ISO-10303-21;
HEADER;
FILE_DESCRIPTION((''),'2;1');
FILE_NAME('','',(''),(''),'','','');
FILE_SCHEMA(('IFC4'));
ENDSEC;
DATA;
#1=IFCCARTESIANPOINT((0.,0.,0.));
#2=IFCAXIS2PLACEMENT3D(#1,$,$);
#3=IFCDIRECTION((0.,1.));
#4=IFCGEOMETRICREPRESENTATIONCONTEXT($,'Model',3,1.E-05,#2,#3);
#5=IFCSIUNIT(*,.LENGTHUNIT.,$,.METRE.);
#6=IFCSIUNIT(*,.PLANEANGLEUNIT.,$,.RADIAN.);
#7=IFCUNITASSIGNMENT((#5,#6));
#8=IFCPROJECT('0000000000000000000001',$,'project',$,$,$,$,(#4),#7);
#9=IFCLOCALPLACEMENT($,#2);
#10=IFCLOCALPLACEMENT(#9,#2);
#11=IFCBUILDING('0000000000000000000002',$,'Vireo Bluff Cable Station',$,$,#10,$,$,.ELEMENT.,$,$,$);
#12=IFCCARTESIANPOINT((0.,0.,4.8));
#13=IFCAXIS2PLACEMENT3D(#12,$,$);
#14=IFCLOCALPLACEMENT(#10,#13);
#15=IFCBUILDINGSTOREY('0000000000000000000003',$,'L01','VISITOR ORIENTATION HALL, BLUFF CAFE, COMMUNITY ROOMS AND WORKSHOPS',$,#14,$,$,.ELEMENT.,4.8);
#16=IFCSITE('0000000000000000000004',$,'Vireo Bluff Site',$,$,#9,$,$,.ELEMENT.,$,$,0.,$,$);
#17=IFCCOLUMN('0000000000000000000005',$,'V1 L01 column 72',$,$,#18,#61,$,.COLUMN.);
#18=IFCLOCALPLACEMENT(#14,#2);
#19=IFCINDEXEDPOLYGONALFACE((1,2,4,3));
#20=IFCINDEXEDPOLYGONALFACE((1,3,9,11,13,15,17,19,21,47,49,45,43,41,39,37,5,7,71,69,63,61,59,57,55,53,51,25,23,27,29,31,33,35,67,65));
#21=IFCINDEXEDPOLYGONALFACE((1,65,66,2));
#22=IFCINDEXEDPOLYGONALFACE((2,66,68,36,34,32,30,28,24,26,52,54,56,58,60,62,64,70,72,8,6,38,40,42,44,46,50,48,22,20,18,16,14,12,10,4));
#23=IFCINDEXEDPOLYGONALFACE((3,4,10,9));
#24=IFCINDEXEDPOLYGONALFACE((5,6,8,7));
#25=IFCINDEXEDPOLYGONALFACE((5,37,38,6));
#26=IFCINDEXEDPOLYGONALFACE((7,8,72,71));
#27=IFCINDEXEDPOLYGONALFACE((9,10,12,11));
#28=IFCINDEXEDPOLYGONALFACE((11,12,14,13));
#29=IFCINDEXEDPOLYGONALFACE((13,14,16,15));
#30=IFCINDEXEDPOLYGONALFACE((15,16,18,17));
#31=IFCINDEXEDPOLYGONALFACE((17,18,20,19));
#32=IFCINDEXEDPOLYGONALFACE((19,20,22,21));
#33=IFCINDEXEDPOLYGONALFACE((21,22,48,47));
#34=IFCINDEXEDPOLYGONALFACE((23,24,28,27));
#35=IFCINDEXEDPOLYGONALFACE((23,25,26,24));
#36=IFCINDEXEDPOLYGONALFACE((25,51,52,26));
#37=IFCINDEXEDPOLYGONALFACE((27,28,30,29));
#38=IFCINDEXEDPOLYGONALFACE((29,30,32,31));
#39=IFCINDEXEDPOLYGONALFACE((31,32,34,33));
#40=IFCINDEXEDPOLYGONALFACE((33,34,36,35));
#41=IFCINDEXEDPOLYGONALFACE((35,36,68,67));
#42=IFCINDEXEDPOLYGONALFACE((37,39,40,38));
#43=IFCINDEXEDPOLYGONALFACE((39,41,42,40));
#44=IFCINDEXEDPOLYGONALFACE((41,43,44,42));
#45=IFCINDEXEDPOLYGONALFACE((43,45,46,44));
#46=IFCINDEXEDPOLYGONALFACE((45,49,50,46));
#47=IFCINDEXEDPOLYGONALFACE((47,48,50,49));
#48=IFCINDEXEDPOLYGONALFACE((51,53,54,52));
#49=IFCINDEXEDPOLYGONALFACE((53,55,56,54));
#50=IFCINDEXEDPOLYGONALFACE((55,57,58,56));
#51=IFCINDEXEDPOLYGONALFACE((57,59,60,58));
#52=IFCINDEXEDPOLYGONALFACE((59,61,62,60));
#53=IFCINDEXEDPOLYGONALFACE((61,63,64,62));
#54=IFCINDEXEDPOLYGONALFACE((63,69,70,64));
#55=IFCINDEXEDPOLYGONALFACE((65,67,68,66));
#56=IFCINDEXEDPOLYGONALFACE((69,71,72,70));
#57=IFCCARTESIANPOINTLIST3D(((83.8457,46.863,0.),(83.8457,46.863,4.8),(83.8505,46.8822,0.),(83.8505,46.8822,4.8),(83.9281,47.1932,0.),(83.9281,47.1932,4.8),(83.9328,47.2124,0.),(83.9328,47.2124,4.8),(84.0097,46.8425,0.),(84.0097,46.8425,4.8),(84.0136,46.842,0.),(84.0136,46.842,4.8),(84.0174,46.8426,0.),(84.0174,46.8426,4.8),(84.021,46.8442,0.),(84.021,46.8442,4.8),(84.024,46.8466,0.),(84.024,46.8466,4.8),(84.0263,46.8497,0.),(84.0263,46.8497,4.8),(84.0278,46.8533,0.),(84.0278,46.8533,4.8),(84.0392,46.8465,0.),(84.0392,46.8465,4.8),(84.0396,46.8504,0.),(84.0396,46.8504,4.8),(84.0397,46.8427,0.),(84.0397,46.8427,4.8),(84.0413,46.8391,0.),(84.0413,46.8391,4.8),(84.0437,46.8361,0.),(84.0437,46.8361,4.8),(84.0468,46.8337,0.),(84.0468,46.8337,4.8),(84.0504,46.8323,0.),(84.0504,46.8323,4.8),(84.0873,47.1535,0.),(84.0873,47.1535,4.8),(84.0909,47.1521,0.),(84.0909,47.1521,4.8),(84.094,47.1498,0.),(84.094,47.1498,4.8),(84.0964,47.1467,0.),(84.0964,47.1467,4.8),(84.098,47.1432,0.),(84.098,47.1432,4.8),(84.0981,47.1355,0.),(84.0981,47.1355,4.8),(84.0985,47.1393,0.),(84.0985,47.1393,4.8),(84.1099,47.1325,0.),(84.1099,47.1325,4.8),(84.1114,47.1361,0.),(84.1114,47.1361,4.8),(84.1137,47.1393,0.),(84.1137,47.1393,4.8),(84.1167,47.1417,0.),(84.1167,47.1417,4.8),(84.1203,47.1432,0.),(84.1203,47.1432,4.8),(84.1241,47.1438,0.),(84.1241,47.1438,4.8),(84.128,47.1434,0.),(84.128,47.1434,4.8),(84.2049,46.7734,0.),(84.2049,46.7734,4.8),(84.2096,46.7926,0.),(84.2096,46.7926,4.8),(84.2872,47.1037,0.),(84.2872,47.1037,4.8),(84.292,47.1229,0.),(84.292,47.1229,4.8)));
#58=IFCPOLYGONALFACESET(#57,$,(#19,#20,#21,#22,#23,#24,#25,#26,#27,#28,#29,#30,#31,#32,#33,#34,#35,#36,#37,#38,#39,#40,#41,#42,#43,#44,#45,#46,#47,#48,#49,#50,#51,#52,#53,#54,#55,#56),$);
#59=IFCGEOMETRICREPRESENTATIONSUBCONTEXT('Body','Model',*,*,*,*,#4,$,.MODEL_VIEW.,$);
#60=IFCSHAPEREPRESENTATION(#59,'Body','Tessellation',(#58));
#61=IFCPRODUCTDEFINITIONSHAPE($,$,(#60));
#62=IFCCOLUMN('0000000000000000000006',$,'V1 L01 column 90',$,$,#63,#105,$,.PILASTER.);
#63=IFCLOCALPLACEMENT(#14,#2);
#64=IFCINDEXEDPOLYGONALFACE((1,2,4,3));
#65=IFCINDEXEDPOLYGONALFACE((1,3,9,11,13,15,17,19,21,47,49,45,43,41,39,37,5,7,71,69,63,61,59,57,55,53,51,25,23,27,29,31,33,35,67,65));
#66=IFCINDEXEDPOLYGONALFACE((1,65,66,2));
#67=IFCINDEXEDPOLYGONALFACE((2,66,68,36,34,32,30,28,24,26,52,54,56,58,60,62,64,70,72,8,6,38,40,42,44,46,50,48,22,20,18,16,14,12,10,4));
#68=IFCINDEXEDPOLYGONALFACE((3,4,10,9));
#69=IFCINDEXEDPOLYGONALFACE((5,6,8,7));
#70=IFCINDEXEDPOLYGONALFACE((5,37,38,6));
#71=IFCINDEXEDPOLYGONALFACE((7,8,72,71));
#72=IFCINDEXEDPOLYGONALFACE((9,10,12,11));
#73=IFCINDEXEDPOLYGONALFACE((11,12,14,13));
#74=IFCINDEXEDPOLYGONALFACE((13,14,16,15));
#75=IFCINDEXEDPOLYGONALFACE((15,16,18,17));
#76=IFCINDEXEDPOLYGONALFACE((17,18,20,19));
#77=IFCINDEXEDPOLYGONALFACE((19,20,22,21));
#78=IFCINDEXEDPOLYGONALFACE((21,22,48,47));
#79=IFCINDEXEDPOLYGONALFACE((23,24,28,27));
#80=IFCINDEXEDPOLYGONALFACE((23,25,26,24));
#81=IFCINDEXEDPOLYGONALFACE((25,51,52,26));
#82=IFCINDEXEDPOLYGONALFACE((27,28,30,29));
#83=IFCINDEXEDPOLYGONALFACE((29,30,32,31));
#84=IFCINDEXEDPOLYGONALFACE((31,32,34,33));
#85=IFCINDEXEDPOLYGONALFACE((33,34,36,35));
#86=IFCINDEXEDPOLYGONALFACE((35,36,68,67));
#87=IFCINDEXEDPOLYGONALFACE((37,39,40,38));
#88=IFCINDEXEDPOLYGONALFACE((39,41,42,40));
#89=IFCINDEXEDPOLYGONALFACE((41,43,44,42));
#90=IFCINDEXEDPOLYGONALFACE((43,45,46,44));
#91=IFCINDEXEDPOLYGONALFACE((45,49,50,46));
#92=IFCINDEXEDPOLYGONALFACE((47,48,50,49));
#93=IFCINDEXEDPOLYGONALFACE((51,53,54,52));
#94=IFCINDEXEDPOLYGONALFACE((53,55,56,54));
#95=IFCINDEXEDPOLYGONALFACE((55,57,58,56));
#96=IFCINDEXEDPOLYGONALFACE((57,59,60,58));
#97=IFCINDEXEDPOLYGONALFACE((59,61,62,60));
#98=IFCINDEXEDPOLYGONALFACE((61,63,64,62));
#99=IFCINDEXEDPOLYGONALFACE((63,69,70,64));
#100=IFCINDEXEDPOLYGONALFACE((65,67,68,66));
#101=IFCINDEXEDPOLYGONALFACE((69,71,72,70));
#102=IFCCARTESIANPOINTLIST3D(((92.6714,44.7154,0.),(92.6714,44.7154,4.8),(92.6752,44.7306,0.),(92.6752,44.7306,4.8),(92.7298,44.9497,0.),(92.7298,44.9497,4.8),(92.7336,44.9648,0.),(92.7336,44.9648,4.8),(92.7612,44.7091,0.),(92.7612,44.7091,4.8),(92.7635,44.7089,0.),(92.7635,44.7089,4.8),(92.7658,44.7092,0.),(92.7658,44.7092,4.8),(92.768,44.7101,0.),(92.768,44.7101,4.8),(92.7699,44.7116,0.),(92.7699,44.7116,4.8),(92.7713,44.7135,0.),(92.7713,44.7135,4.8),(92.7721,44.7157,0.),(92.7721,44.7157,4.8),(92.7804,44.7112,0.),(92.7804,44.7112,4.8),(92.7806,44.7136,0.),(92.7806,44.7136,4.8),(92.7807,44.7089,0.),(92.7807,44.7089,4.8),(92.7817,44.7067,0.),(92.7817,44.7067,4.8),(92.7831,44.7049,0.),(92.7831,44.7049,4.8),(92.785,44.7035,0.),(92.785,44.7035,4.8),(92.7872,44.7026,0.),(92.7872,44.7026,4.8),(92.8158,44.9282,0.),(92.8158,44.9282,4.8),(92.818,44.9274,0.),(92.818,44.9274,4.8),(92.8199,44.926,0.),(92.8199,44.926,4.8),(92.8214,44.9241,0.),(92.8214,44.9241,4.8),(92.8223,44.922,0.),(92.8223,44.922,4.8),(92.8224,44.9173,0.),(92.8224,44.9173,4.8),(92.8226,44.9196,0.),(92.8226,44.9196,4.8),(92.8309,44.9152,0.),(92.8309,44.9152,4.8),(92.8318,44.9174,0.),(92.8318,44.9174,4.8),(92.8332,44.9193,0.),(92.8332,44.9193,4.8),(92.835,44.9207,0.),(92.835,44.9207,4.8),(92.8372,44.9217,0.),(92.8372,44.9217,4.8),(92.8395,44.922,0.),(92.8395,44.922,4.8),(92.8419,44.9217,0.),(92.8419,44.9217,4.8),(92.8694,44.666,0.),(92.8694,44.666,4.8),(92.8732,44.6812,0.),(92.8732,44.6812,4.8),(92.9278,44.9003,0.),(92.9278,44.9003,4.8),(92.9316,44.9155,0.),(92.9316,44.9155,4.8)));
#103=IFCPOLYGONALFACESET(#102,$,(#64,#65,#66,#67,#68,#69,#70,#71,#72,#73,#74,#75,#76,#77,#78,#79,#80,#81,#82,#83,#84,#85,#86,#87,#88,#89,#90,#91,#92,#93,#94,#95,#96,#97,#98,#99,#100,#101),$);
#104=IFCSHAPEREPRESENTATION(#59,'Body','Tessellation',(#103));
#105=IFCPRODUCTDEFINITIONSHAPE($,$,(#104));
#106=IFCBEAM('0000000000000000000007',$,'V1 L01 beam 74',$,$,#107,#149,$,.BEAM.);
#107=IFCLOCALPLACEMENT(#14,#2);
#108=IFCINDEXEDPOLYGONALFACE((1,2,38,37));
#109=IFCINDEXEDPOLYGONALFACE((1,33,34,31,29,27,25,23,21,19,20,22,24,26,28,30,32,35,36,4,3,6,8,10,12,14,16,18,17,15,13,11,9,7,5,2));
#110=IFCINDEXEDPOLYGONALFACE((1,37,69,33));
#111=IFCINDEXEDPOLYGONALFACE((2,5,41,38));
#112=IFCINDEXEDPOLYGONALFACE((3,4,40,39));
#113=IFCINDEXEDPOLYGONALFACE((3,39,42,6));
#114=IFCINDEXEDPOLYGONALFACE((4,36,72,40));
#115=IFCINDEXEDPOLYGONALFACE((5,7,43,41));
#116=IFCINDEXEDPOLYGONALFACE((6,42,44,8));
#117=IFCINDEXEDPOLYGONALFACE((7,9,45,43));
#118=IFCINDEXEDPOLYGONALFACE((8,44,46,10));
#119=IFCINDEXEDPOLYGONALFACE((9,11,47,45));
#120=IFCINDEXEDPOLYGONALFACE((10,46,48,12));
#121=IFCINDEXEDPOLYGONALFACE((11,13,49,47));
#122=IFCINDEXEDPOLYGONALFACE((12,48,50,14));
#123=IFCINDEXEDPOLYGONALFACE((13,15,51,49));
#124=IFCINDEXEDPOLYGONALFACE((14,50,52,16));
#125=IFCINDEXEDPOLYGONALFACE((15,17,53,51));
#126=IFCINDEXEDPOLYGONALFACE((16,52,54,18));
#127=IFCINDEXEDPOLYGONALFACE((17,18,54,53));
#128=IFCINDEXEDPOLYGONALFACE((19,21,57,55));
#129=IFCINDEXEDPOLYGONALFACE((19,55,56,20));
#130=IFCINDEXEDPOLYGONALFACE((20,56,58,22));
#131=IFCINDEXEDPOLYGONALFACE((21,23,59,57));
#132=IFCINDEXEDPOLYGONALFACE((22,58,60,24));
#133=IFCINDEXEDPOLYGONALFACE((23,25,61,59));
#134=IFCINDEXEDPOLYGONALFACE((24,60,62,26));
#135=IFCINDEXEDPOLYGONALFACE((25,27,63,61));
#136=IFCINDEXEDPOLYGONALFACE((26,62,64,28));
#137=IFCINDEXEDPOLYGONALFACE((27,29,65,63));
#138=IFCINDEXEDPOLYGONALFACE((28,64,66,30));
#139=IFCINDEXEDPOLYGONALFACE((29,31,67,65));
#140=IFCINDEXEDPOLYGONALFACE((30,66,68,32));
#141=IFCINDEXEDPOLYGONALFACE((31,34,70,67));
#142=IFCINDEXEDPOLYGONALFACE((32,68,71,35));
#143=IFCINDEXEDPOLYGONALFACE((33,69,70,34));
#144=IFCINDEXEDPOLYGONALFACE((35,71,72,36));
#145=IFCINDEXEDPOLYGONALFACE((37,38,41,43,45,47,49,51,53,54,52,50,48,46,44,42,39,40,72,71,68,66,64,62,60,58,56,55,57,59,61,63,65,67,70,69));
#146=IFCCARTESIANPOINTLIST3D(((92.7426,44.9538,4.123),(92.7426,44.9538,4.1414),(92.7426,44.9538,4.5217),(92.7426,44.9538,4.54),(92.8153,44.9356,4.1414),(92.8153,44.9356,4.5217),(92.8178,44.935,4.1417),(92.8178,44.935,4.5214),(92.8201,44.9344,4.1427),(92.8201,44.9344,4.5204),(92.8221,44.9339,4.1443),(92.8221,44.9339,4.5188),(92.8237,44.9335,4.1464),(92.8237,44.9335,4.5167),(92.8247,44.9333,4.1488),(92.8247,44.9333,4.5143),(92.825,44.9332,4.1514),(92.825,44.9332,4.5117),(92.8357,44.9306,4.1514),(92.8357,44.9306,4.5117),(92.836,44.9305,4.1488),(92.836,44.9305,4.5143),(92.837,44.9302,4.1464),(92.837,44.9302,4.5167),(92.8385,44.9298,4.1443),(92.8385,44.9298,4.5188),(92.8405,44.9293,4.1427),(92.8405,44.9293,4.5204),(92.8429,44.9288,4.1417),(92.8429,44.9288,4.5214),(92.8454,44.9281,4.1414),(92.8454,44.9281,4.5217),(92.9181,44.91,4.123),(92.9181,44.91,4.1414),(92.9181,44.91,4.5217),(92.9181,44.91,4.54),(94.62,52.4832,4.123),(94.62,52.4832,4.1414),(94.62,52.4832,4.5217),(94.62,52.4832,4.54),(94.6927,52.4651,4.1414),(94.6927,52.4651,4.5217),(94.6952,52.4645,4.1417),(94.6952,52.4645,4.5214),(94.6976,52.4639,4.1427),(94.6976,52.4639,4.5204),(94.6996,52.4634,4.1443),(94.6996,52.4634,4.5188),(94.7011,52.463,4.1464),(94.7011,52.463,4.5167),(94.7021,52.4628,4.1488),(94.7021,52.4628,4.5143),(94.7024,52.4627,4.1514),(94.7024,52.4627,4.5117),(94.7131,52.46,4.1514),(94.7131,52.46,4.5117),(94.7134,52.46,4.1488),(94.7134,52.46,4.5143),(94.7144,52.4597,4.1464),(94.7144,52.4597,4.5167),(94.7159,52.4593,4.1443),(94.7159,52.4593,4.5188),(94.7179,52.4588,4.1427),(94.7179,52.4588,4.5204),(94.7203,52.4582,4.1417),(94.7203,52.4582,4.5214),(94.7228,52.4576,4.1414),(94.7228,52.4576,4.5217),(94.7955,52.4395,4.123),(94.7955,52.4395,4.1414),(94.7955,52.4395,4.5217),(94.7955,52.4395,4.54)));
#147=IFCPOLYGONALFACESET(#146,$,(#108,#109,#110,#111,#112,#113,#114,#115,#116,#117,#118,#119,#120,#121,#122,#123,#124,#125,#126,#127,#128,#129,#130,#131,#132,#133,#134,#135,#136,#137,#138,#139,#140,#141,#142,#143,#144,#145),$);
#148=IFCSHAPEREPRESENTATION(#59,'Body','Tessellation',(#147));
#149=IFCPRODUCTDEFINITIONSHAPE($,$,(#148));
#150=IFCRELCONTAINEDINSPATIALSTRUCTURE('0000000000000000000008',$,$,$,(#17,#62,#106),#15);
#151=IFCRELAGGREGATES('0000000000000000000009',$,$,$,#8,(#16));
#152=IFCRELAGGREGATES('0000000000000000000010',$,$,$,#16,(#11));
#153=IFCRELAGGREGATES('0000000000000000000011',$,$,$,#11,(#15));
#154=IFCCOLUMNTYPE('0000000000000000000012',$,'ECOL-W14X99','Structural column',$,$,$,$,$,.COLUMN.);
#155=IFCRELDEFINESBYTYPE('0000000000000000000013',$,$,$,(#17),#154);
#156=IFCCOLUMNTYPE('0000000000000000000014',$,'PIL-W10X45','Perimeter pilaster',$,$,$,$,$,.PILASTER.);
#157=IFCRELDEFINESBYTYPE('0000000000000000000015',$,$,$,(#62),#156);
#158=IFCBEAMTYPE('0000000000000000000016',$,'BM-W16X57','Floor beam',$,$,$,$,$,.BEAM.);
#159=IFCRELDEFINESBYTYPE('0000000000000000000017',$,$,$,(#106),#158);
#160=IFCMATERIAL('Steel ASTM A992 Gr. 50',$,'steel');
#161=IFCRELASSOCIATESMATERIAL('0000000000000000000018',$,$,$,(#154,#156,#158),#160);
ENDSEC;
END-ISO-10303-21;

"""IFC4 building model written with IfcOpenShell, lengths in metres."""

from ifc_helpers import new_model, si_unit, direction, frame, origin, origin_2d, place, context, subcontext, project, spatial, i_section, extrude, material, material_profile, profile_set, type_object, element, save


model = new_model("IFC4")

# Units and contexts
model_context = context("Model", 3, precision=1e-05, world=origin(), true_north=direction((0.0, 1.0)))
body_context = subcontext(model_context, "Body", "Model", "MODEL_VIEW")
ifc_project = project(units=[si_unit("LENGTHUNIT", "METRE"), si_unit("PLANEANGLEUNIT", "RADIAN")], contexts=[model_context])

# Site, building, storey
site_placement = place(None, origin())
site = spatial("IfcSite", under=ifc_project, at=site_placement, Name="Vireo Bluff Site", CompositionType="ELEMENT", RefElevation=0.0)
building_placement = place(site_placement, origin())
building = spatial("IfcBuilding", under=site, at=building_placement, Name="Vireo Bluff Cable Station", CompositionType="ELEMENT")
storey_placement = place(building_placement, frame((0.0, 0.0, 4.8)))
storey = spatial("IfcBuildingStorey", under=building, at=storey_placement, Name="L01", Description="VISITOR ORIENTATION HALL, BLUFF CAFE, COMMUNITY ROOMS AND WORKSHOPS", CompositionType="ELEMENT", Elevation=4.8)

# Columns
ifc_material_1 = material(Name="Steel ASTM A992 Gr. 50", Category="steel")
ifc_material_profile_1 = material_profile(ifc_material_1, i_section(OverallWidth=0.3701, OverallDepth=0.3601, WebThickness=0.0122, FlangeThickness=0.0198, FilletRadius=0.0149, at=origin_2d()), Name="W14X99")
ifc_profile_set_1 = profile_set([ifc_material_profile_1], Name="Steel ASTM A992 Gr. 50")
column_type_1 = type_object("IfcColumnType", Name="ECOL-W14X99", Description="Structural column", PredefinedType="COLUMN", material=ifc_profile_set_1)
column_1_placement = place(storey_placement, frame((84.0688, 46.9929, 0.0), z_axis=(0.0, 0.0, 1.0), x_axis=(0.970296, -0.241922, 0.0)))
element("IfcColumn", 1, at=column_1_placement, inside=storey, type_object=column_type_1, Name="V1 L01 column 72", PredefinedType="COLUMN", context=body_context, shape_type="SweptSolid", body=[
    extrude(i_section(OverallWidth=0.3701, OverallDepth=0.3601, WebThickness=0.0122, FlangeThickness=0.0198, FilletRadius=0.0149, at=origin_2d()), origin(), (0.0, 0.0, 1.0), 4.8),
])
ifc_material_profile_2 = material_profile(ifc_material_1, i_section(OverallWidth=0.2041, OverallDepth=0.2571, WebThickness=0.0088, FlangeThickness=0.0156, FilletRadius=0.009, at=origin_2d()), Name="W10X45")
ifc_profile_set_2 = profile_set([ifc_material_profile_2], Name="Steel ASTM A992 Gr. 50")
column_type_2 = type_object("IfcColumnType", Name="PIL-W10X45", Description="Perimeter pilaster", PredefinedType="PILASTER", material=ifc_profile_set_2)
column_2_placement = place(storey_placement, frame((92.8015, 44.8154, 0.0), z_axis=(0.0, 0.0, 1.0), x_axis=(0.970296, -0.241922, 0.0)))
element("IfcColumn", 2, at=column_2_placement, inside=storey, type_object=column_type_2, Name="V1 L01 column 90", PredefinedType="PILASTER", context=body_context, shape_type="SweptSolid", body=[
    extrude(i_section(OverallWidth=0.2041, OverallDepth=0.2571, WebThickness=0.0088, FlangeThickness=0.0156, FilletRadius=0.009, at=origin_2d()), origin(), (0.0, 0.0, 1.0), 4.8),
])

# Beam
ifc_material_profile_3 = material_profile(ifc_material_1, i_section(OverallWidth=0.1809, OverallDepth=0.417, WebThickness=0.011, FlangeThickness=0.0183, FilletRadius=0.01, at=origin_2d()), Name="W16X57")
ifc_profile_set_3 = profile_set([ifc_material_profile_3], Name="Steel ASTM A992 Gr. 50")
beam_type_1 = type_object("IfcBeamType", Name="BM-W16X57", Description="Floor beam", PredefinedType="BEAM", material=ifc_profile_set_3)
beam_1_placement = place(storey_placement, frame((92.8303, 44.9319, 4.3315), z_axis=(0.241936, 0.970292, 0.0), x_axis=(-0.970292, 0.241936, 0.0)))
element("IfcBeam", 3, at=beam_1_placement, inside=storey, type_object=beam_type_1, Name="V1 L01 beam 74", PredefinedType="BEAM", context=body_context, shape_type="SweptSolid", body=[
    extrude(i_section(OverallWidth=0.1809, OverallDepth=0.417, WebThickness=0.011, FlangeThickness=0.0183, FilletRadius=0.01, at=origin_2d()), origin(), (0.0, 0.0, 1.0), 7.76),
])

save(model, "model.ifc")
